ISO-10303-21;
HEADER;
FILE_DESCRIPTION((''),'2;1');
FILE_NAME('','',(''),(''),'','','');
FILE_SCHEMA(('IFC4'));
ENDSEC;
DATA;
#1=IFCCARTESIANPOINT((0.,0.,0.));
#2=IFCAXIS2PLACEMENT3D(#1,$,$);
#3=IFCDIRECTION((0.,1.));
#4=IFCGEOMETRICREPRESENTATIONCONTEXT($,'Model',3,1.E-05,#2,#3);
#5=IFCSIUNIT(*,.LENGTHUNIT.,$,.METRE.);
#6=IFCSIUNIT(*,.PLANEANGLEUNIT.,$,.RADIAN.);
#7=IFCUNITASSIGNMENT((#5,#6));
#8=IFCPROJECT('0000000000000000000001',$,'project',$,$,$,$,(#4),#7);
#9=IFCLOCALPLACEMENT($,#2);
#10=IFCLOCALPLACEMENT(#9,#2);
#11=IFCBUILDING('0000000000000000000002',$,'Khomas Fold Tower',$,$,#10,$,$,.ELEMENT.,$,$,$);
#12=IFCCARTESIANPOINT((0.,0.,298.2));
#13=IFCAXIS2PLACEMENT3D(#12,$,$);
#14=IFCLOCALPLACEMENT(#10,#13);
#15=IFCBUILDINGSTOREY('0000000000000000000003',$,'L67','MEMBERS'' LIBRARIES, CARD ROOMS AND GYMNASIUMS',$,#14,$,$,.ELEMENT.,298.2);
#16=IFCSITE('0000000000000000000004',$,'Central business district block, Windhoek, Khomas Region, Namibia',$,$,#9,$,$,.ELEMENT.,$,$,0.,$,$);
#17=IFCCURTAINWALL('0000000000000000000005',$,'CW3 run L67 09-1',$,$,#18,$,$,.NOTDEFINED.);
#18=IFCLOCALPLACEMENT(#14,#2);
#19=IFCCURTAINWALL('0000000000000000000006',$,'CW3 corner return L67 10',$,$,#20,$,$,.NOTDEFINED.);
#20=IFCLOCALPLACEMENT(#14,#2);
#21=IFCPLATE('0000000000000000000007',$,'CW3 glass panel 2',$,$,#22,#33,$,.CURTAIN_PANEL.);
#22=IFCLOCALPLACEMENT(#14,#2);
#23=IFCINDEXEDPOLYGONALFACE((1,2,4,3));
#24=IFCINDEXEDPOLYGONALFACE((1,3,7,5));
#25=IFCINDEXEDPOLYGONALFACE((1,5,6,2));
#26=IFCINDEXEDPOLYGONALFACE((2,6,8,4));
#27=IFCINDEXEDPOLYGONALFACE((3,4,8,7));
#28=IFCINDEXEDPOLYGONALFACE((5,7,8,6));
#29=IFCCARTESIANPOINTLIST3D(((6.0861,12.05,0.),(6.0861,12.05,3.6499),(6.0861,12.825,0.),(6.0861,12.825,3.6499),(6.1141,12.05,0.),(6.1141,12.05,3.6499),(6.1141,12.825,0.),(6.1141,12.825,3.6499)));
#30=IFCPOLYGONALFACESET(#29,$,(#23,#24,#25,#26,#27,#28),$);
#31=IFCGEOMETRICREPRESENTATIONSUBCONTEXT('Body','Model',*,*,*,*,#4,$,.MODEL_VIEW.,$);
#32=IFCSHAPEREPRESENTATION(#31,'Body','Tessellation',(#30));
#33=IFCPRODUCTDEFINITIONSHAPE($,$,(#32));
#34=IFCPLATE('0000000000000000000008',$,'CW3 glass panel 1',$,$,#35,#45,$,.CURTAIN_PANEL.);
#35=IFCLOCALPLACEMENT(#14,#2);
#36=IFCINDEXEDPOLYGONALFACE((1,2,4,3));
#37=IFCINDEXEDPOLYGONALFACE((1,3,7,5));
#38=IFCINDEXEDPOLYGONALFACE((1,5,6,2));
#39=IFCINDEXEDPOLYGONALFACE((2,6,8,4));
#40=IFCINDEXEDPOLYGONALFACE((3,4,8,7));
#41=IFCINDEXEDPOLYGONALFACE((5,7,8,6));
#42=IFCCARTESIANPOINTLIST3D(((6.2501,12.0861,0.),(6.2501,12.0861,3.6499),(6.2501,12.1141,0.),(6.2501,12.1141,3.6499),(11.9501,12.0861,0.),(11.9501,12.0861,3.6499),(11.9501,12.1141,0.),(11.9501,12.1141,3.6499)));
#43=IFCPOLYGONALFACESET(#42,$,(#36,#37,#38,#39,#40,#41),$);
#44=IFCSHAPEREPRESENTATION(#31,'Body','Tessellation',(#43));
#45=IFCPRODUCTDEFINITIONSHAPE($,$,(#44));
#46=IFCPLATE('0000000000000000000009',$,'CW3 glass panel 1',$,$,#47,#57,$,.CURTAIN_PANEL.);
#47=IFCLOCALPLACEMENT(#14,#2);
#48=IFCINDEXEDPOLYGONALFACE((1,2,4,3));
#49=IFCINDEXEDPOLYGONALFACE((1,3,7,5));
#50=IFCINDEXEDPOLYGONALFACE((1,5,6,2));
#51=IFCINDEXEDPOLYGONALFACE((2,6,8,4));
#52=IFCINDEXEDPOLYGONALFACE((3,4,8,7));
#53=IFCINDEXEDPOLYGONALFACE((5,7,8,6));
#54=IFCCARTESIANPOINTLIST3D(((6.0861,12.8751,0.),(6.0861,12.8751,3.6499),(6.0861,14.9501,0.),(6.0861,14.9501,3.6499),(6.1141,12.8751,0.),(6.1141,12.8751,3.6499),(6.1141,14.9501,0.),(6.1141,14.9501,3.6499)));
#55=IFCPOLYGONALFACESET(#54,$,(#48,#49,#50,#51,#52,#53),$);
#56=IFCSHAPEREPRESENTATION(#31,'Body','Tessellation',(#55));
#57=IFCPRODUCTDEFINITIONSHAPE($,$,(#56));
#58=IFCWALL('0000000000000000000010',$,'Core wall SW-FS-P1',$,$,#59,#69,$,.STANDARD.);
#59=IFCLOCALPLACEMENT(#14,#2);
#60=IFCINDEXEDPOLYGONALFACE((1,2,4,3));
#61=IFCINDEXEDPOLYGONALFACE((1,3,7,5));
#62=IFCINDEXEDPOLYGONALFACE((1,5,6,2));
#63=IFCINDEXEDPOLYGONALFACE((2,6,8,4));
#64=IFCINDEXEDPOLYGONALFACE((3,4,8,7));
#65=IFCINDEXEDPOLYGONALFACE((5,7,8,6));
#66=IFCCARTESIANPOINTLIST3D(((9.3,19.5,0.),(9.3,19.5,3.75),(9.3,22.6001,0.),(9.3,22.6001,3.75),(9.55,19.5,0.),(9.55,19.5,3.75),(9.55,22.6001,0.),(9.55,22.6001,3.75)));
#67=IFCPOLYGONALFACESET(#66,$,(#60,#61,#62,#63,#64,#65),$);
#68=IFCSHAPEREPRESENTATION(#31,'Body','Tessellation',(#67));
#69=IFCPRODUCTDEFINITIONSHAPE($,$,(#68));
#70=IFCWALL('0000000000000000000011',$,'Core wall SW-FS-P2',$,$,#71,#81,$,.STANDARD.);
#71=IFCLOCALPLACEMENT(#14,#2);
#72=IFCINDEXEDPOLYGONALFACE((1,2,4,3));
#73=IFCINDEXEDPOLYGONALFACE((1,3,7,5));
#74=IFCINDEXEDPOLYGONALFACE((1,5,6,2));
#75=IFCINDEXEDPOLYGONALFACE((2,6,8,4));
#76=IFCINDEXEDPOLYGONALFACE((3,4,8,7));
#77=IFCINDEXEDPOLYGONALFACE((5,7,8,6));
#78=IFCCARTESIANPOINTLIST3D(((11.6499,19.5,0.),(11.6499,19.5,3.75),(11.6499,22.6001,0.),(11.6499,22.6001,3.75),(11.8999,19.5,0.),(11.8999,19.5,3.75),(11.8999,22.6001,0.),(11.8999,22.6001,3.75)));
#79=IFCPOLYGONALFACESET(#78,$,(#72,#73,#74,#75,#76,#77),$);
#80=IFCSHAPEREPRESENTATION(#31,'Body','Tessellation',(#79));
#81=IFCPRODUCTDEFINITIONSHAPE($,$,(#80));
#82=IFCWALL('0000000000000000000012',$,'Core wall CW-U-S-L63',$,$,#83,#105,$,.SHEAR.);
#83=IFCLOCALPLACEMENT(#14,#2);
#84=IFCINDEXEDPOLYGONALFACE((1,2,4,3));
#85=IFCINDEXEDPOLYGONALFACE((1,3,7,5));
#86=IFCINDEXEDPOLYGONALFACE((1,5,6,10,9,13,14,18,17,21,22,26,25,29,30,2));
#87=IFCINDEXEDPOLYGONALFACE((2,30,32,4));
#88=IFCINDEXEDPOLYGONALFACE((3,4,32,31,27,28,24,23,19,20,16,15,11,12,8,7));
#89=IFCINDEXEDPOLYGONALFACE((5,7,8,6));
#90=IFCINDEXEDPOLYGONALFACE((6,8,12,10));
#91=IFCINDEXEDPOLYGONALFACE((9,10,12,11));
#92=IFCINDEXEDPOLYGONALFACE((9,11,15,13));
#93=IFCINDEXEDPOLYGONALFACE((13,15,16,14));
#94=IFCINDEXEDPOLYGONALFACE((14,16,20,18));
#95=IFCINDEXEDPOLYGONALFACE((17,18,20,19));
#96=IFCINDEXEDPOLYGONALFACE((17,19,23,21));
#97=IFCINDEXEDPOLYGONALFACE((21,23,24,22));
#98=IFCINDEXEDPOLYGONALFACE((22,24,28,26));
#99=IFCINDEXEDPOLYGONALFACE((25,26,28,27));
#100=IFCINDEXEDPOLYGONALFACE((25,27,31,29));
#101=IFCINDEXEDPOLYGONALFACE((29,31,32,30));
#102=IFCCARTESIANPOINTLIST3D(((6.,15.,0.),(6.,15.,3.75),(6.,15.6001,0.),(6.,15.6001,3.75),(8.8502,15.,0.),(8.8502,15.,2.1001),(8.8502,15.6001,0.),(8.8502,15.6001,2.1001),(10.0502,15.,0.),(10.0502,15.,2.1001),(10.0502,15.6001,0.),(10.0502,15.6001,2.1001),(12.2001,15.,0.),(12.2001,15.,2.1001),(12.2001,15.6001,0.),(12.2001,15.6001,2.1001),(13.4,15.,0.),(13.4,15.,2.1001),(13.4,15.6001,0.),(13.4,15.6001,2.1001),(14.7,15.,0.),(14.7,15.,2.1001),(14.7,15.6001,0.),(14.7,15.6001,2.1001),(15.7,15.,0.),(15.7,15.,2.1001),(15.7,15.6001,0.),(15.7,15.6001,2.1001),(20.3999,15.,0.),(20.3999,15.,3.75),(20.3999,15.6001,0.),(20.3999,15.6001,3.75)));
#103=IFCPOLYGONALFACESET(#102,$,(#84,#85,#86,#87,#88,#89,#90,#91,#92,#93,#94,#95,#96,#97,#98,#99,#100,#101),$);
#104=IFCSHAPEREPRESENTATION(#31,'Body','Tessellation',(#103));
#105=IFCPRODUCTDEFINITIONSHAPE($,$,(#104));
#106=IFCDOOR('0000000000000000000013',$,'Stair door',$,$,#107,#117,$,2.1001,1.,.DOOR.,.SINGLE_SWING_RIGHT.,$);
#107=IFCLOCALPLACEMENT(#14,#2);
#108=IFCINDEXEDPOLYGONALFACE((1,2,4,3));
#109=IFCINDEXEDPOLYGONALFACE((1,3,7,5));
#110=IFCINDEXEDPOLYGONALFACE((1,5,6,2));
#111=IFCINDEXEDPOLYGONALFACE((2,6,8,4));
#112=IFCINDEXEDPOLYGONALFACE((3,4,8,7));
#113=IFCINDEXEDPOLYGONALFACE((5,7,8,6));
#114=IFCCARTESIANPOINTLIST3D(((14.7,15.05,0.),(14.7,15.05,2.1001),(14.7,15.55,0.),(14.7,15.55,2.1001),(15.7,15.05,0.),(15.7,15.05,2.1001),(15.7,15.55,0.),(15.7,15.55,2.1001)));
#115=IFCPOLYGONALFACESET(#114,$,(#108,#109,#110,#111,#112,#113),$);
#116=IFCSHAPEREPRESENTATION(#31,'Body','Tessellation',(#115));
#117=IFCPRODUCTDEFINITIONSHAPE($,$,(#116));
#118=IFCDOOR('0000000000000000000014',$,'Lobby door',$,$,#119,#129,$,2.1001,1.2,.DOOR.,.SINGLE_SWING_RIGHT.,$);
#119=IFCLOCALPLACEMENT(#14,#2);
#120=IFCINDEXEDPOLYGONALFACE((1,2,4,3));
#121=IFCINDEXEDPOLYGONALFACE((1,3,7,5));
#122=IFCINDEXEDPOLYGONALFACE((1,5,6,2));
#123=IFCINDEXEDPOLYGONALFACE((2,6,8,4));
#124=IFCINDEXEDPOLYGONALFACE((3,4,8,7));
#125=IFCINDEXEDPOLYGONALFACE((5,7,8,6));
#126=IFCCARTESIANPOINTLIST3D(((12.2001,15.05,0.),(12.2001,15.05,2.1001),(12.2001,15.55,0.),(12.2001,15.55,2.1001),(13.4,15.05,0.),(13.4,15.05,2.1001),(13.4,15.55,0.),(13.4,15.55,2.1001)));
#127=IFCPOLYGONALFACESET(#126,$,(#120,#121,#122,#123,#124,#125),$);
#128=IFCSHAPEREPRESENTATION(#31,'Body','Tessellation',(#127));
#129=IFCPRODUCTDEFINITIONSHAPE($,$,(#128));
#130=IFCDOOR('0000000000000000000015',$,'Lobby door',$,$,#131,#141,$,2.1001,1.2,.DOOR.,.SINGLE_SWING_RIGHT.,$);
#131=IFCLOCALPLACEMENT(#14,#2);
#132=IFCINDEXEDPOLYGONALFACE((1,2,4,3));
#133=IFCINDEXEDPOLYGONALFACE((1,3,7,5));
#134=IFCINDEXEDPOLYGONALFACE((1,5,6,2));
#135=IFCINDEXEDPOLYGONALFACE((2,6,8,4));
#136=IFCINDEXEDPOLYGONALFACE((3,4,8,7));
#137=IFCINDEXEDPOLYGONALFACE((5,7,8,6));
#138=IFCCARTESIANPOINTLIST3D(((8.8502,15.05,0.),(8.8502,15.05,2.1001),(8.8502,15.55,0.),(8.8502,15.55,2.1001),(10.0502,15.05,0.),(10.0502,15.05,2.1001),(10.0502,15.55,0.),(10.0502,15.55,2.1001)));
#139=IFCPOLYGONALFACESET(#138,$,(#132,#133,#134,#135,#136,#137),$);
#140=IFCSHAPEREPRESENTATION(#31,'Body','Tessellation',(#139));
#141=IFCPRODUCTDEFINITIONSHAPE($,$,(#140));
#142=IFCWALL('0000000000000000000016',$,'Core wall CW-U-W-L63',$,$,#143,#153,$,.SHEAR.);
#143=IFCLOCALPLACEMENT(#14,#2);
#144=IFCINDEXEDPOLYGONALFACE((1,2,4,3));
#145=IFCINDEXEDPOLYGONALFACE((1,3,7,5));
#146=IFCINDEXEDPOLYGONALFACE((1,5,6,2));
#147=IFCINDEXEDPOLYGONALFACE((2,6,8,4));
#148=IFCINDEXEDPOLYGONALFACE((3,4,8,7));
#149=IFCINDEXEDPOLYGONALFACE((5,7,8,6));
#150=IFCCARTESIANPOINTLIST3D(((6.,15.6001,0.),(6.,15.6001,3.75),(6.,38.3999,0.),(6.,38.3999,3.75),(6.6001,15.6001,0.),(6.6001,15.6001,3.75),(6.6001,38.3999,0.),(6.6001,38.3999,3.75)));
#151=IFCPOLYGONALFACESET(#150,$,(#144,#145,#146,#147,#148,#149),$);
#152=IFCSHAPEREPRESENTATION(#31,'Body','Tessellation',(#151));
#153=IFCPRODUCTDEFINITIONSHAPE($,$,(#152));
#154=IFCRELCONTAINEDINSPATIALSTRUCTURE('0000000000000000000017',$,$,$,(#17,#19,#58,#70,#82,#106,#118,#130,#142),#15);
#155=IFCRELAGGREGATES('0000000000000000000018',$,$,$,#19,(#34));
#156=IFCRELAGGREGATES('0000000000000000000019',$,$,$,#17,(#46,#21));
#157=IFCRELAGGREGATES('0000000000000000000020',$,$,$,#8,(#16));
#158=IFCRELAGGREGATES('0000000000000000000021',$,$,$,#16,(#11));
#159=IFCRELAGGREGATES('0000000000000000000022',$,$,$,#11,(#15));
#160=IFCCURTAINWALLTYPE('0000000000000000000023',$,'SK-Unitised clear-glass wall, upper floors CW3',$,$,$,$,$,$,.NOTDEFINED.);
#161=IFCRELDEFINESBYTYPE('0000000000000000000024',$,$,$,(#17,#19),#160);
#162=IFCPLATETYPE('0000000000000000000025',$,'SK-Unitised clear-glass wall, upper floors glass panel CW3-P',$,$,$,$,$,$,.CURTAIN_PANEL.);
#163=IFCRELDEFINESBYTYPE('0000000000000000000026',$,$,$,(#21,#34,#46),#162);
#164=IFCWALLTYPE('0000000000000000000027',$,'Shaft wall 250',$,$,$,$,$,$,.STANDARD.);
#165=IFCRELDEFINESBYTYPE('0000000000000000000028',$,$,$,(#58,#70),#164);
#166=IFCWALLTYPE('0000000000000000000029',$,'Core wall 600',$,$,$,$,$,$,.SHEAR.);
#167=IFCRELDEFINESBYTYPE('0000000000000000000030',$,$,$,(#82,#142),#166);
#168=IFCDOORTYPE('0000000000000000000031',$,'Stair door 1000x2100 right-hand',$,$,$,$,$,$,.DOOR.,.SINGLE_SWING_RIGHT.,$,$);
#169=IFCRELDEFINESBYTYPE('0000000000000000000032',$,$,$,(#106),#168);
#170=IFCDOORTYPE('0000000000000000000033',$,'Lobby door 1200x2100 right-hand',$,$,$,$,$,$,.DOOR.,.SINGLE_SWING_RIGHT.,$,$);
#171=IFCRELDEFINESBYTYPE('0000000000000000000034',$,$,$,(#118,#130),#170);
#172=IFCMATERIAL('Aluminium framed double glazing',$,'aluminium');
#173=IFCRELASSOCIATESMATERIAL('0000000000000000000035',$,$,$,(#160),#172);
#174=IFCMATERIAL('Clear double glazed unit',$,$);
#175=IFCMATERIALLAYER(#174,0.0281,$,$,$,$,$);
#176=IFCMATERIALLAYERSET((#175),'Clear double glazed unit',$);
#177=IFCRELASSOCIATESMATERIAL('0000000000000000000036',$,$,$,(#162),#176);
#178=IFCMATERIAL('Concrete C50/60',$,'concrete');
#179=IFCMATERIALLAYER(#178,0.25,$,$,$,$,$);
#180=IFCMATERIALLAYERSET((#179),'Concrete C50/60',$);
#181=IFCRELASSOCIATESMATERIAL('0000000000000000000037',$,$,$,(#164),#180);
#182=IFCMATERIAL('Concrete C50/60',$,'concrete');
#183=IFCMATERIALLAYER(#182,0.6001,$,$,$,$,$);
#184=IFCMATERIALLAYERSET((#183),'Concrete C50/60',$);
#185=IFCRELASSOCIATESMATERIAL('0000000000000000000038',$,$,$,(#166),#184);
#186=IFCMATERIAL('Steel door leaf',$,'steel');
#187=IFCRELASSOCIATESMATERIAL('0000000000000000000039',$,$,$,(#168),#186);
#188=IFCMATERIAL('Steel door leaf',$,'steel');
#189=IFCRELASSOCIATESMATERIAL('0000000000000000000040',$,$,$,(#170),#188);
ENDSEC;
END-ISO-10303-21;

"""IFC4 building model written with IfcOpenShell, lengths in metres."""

from ifc_helpers import new_model, si_unit, direction, frame, frame_2d, origin, origin_2d, place, context, subcontext, project, spatial, rectangle, extrude, source, transform, mapped, material, layer, layer_set, type_object, element, fill, aggregate, save


model = new_model("IFC4")

# Units and contexts
model_context = context("Model", 3, precision=1e-05, world=origin(), true_north=direction((0.0, 1.0)))
body_context = subcontext(model_context, "Body", "Model", "MODEL_VIEW")
ifc_project = project(units=[si_unit("LENGTHUNIT", "METRE"), si_unit("PLANEANGLEUNIT", "RADIAN")], contexts=[model_context])

# Site, building, storey
site_placement = place(None, origin())
site = spatial("IfcSite", under=ifc_project, at=site_placement, Name="Central business district block, Windhoek, Khomas Region, Namibia", CompositionType="ELEMENT", RefElevation=0.0)
building_placement = place(site_placement, origin())
building = spatial("IfcBuilding", under=site, at=building_placement, Name="Khomas Fold Tower", CompositionType="ELEMENT")
storey_placement = place(building_placement, frame((0.0, 0.0, 298.2)))
storey = spatial("IfcBuildingStorey", under=building, at=storey_placement, Name="L67", Description="MEMBERS' LIBRARIES, CARD ROOMS AND GYMNASIUMS", CompositionType="ELEMENT", Elevation=298.2)

# Curtain walls
ifc_material_1 = material(Name="Aluminium framed double glazing", Category="aluminium")
curtain_wall_type = type_object("IfcCurtainWallType", Name="SK-Unitised clear-glass wall, upper floors CW3", PredefinedType="NOTDEFINED", material=ifc_material_1)
curtain_wall_1_placement = place(storey_placement, origin())
curtain_wall_1 = element("IfcCurtainWall", 1, at=curtain_wall_1_placement, inside=storey, type_object=curtain_wall_type, Name="CW3 run L67 09-1", PredefinedType="NOTDEFINED")
curtain_wall_2_placement = place(storey_placement, origin())
curtain_wall_2 = element("IfcCurtainWall", 2, at=curtain_wall_2_placement, inside=storey, type_object=curtain_wall_type, Name="CW3 corner return L67 10", PredefinedType="NOTDEFINED")

# Plates
ifc_material_2 = material(Name="Clear double glazed unit")
ifc_layer_1 = layer(ifc_material_2, 0.0281)
ifc_layer_set_1 = layer_set([ifc_layer_1], Name="Clear double glazed unit")
plate_type = type_object("IfcPlateType", Name="SK-Unitised clear-glass wall, upper floors glass panel CW3-P", PredefinedType="CURTAIN_PANEL", material=ifc_layer_set_1)
shared_shape_1 = source(origin(), body_context, "Body", "SweptSolid", [
    extrude(rectangle(XDim=0.7749, YDim=0.0281, at=origin_2d()), origin(), (0.0, 0.0, 1.0), 3.6499),
])
plate_1_placement = place(storey_placement, frame((6.1001, 12.4375, 0.0), z_axis=(0.0, 0.0, 1.0), x_axis=(0.0, -1.0, 0.0)))
plate_1 = element("IfcPlate", 3, at=plate_1_placement, type_object=plate_type, Name="CW3 glass panel 2", PredefinedType="CURTAIN_PANEL", context=body_context, shape_type="MappedRepresentation", body=[
    mapped(shared_shape_1, transform((0.0, 0.0, 0.0))),
])
shared_shape_2 = source(origin(), body_context, "Body", "SweptSolid", [
    extrude(rectangle(XDim=5.7, YDim=0.0281, at=origin_2d()), origin(), (0.0, 0.0, 1.0), 3.6499),
])
plate_2_placement = place(storey_placement, frame((9.1001, 12.1001, 0.0), z_axis=(0.0, 0.0, 1.0), x_axis=(1.0, 0.0, 0.0)))
plate_2 = element("IfcPlate", 4, at=plate_2_placement, type_object=plate_type, Name="CW3 glass panel 1", PredefinedType="CURTAIN_PANEL", context=body_context, shape_type="MappedRepresentation", body=[
    mapped(shared_shape_2, transform((0.0, 0.0, 0.0))),
])
aggregate(curtain_wall_2, [plate_2])
shared_shape_3 = source(origin(), body_context, "Body", "SweptSolid", [
    extrude(rectangle(XDim=2.075, YDim=0.0281, at=origin_2d()), origin(), (0.0, 0.0, 1.0), 3.6499),
])
plate_3_placement = place(storey_placement, frame((6.1001, 13.9126, 0.0), z_axis=(0.0, 0.0, 1.0), x_axis=(0.0, -1.0, 0.0)))
plate_3 = element("IfcPlate", 5, at=plate_3_placement, type_object=plate_type, Name="CW3 glass panel 1", PredefinedType="CURTAIN_PANEL", context=body_context, shape_type="MappedRepresentation", body=[
    mapped(shared_shape_3, transform((0.0, 0.0, 0.0))),
])
aggregate(curtain_wall_1, [plate_3, plate_1])

# Walls
ifc_material_3 = material(Name="Concrete C50/60", Category="concrete")
ifc_layer_2 = layer(ifc_material_3, 0.25)
ifc_layer_set_2 = layer_set([ifc_layer_2], Name="Concrete C50/60")
wall_type_1 = type_object("IfcWallType", Name="Shaft wall 250", PredefinedType="STANDARD", material=ifc_layer_set_2)
shared_shape_4 = source(origin(), body_context, "Body", "SweptSolid", [
    extrude(rectangle(XDim=3.1001, YDim=0.25, at=frame_2d((1.55, 0.0))), origin(), (0.0, 0.0, 1.0), 3.75),
])
for number, where, z_axis, x_axis, name in (
    (6, (9.425, 19.5, 0.0), (0.0, 0.0, 1.0), (0.0, 1.0, 0.0), "Core wall SW-FS-P1"),
    (7, (11.7749, 19.5, 0.0), (0.0, 0.0, 1.0), (0.0, 1.0, 0.0), "Core wall SW-FS-P2"),
):
    element("IfcWall", number, at=place(storey_placement, frame(where, z_axis=z_axis, x_axis=x_axis)), inside=storey, type_object=wall_type_1, Name=name, PredefinedType="STANDARD", context=body_context, shape_type="MappedRepresentation", body=[
        mapped(shared_shape_4, transform((0.0, 0.0, 0.0))),
    ])

# Wall, openings, doors
ifc_material_4 = material(Name="Concrete C50/60", Category="concrete")
ifc_layer_3 = layer(ifc_material_4, 0.6001)
ifc_layer_set_3 = layer_set([ifc_layer_3], Name="Concrete C50/60")
wall_type_2 = type_object("IfcWallType", Name="Core wall 600", PredefinedType="SHEAR", material=ifc_layer_set_3)
shared_shape_5 = source(origin(), body_context, "Body", "SweptSolid", [
    extrude(rectangle(XDim=14.3999, YDim=0.6001, at=frame_2d((7.2, 0.0))), origin(), (0.0, 0.0, 1.0), 3.75),
])
wall_1_placement = place(storey_placement, frame((6.0, 15.3, 0.0), z_axis=(0.0, 0.0, 1.0), x_axis=(1.0, 0.0, 0.0)))
wall_1 = element("IfcWall", 8, at=wall_1_placement, inside=storey, type_object=wall_type_2, Name="Core wall CW-U-S-L63", PredefinedType="SHEAR", context=body_context, shape_type="MappedRepresentation", body=[
    mapped(shared_shape_5, transform((0.0, 0.0, 0.0))),
])
shared_shape_6 = source(origin(), body_context, "Body", "SweptSolid", [
    extrude(rectangle(XDim=1.2, YDim=2.1001, at=frame_2d((0.6001, 1.05))), frame((0.0, 0.3101, 0.0), z_axis=(0.0, -1.0, 0.0), x_axis=(1.0, 0.0, 0.0)), (0.0, 0.0, 1.0), 0.6201),
])
opening_1_placement = place(wall_1_placement, frame((6.2, 0.0, 0.0)))
opening_1 = element("IfcOpeningElement", 9, at=opening_1_placement, cuts=wall_1, PredefinedType="OPENING", context=body_context, shape_type="MappedRepresentation", body=[
    mapped(shared_shape_6, transform((0.0, 0.0, 0.0))),
])
opening_2_placement = place(wall_1_placement, frame((2.8501, 0.0, 0.0)))
opening_2 = element("IfcOpeningElement", 10, at=opening_2_placement, cuts=wall_1, PredefinedType="OPENING", context=body_context, shape_type="MappedRepresentation", body=[
    mapped(shared_shape_6, transform((0.0, 0.0, 0.0))),
])
shared_shape_7 = source(origin(), body_context, "Body", "SweptSolid", [
    extrude(rectangle(XDim=1.0, YDim=2.1001, at=frame_2d((0.5, 1.05))), frame((0.0, 0.3101, 0.0), z_axis=(0.0, -1.0, 0.0), x_axis=(1.0, 0.0, 0.0)), (0.0, 0.0, 1.0), 0.6201),
])
opening_3_placement = place(wall_1_placement, frame((8.7, 0.0, 0.0)))
opening_3 = element("IfcOpeningElement", 11, at=opening_3_placement, cuts=wall_1, PredefinedType="OPENING", context=body_context, shape_type="MappedRepresentation", body=[
    mapped(shared_shape_7, transform((0.0, 0.0, 0.0))),
])
ifc_material_5 = material(Name="Steel door leaf", Category="steel")
door_type_1 = type_object("IfcDoorType", Name="Stair door 1000x2100 right-hand", OperationType="SINGLE_SWING_RIGHT", PredefinedType="DOOR", material=ifc_material_5)
shared_shape_8 = source(origin(), body_context, "Body", "SweptSolid", [
    extrude(rectangle(XDim=1.0, YDim=2.1001, at=frame_2d((0.5, 1.05))), frame((0.0, 0.25, 0.0), z_axis=(0.0, -1.0, 0.0), x_axis=(1.0, 0.0, 0.0)), (0.0, 0.0, 1.0), 0.5),
])
door_1_placement = place(opening_3_placement, origin())
door_1 = element("IfcDoor", 12, at=door_1_placement, inside=storey, type_object=door_type_1, Name="Stair door", OperationType="SINGLE_SWING_RIGHT", OverallHeight=2.1001, OverallWidth=1.0, PredefinedType="DOOR", context=body_context, shape_type="MappedRepresentation", body=[
    mapped(shared_shape_8, transform((0.0, 0.0, 0.0))),
])
fill(opening_3, door_1)
ifc_material_6 = material(Name="Steel door leaf", Category="steel")
door_type_2 = type_object("IfcDoorType", Name="Lobby door 1200x2100 right-hand", OperationType="SINGLE_SWING_RIGHT", PredefinedType="DOOR", material=ifc_material_6)
shared_shape_9 = source(origin(), body_context, "Body", "SweptSolid", [
    extrude(rectangle(XDim=1.2, YDim=2.1001, at=frame_2d((0.6001, 1.05))), frame((0.0, 0.25, 0.0), z_axis=(0.0, -1.0, 0.0), x_axis=(1.0, 0.0, 0.0)), (0.0, 0.0, 1.0), 0.5),
])
door_2_placement = place(opening_1_placement, origin())
door_2 = element("IfcDoor", 13, at=door_2_placement, inside=storey, type_object=door_type_2, Name="Lobby door", OperationType="SINGLE_SWING_RIGHT", OverallHeight=2.1001, OverallWidth=1.2, PredefinedType="DOOR", context=body_context, shape_type="MappedRepresentation", body=[
    mapped(shared_shape_9, transform((0.0, 0.0, 0.0))),
])
fill(opening_1, door_2)
door_3_placement = place(opening_2_placement, origin())
door_3 = element("IfcDoor", 14, at=door_3_placement, inside=storey, type_object=door_type_2, Name="Lobby door", OperationType="SINGLE_SWING_RIGHT", OverallHeight=2.1001, OverallWidth=1.2, PredefinedType="DOOR", context=body_context, shape_type="MappedRepresentation", body=[
    mapped(shared_shape_9, transform((0.0, 0.0, 0.0))),
])
fill(opening_2, door_3)

# Wall
shared_shape_10 = source(origin(), body_context, "Body", "SweptSolid", [
    extrude(rectangle(XDim=22.7998, YDim=0.6001, at=frame_2d((11.3999, 0.0))), origin(), (0.0, 0.0, 1.0), 3.75),
])
wall_2_placement = place(storey_placement, frame((6.3, 15.6001, 0.0), z_axis=(0.0, 0.0, 1.0), x_axis=(0.0, 1.0, 0.0)))
element("IfcWall", 15, at=wall_2_placement, inside=storey, type_object=wall_type_2, Name="Core wall CW-U-W-L63", PredefinedType="SHEAR", context=body_context, shape_type="MappedRepresentation", body=[
    mapped(shared_shape_10, transform((0.0, 0.0, 0.0))),
])

save(model, "model.ifc")
